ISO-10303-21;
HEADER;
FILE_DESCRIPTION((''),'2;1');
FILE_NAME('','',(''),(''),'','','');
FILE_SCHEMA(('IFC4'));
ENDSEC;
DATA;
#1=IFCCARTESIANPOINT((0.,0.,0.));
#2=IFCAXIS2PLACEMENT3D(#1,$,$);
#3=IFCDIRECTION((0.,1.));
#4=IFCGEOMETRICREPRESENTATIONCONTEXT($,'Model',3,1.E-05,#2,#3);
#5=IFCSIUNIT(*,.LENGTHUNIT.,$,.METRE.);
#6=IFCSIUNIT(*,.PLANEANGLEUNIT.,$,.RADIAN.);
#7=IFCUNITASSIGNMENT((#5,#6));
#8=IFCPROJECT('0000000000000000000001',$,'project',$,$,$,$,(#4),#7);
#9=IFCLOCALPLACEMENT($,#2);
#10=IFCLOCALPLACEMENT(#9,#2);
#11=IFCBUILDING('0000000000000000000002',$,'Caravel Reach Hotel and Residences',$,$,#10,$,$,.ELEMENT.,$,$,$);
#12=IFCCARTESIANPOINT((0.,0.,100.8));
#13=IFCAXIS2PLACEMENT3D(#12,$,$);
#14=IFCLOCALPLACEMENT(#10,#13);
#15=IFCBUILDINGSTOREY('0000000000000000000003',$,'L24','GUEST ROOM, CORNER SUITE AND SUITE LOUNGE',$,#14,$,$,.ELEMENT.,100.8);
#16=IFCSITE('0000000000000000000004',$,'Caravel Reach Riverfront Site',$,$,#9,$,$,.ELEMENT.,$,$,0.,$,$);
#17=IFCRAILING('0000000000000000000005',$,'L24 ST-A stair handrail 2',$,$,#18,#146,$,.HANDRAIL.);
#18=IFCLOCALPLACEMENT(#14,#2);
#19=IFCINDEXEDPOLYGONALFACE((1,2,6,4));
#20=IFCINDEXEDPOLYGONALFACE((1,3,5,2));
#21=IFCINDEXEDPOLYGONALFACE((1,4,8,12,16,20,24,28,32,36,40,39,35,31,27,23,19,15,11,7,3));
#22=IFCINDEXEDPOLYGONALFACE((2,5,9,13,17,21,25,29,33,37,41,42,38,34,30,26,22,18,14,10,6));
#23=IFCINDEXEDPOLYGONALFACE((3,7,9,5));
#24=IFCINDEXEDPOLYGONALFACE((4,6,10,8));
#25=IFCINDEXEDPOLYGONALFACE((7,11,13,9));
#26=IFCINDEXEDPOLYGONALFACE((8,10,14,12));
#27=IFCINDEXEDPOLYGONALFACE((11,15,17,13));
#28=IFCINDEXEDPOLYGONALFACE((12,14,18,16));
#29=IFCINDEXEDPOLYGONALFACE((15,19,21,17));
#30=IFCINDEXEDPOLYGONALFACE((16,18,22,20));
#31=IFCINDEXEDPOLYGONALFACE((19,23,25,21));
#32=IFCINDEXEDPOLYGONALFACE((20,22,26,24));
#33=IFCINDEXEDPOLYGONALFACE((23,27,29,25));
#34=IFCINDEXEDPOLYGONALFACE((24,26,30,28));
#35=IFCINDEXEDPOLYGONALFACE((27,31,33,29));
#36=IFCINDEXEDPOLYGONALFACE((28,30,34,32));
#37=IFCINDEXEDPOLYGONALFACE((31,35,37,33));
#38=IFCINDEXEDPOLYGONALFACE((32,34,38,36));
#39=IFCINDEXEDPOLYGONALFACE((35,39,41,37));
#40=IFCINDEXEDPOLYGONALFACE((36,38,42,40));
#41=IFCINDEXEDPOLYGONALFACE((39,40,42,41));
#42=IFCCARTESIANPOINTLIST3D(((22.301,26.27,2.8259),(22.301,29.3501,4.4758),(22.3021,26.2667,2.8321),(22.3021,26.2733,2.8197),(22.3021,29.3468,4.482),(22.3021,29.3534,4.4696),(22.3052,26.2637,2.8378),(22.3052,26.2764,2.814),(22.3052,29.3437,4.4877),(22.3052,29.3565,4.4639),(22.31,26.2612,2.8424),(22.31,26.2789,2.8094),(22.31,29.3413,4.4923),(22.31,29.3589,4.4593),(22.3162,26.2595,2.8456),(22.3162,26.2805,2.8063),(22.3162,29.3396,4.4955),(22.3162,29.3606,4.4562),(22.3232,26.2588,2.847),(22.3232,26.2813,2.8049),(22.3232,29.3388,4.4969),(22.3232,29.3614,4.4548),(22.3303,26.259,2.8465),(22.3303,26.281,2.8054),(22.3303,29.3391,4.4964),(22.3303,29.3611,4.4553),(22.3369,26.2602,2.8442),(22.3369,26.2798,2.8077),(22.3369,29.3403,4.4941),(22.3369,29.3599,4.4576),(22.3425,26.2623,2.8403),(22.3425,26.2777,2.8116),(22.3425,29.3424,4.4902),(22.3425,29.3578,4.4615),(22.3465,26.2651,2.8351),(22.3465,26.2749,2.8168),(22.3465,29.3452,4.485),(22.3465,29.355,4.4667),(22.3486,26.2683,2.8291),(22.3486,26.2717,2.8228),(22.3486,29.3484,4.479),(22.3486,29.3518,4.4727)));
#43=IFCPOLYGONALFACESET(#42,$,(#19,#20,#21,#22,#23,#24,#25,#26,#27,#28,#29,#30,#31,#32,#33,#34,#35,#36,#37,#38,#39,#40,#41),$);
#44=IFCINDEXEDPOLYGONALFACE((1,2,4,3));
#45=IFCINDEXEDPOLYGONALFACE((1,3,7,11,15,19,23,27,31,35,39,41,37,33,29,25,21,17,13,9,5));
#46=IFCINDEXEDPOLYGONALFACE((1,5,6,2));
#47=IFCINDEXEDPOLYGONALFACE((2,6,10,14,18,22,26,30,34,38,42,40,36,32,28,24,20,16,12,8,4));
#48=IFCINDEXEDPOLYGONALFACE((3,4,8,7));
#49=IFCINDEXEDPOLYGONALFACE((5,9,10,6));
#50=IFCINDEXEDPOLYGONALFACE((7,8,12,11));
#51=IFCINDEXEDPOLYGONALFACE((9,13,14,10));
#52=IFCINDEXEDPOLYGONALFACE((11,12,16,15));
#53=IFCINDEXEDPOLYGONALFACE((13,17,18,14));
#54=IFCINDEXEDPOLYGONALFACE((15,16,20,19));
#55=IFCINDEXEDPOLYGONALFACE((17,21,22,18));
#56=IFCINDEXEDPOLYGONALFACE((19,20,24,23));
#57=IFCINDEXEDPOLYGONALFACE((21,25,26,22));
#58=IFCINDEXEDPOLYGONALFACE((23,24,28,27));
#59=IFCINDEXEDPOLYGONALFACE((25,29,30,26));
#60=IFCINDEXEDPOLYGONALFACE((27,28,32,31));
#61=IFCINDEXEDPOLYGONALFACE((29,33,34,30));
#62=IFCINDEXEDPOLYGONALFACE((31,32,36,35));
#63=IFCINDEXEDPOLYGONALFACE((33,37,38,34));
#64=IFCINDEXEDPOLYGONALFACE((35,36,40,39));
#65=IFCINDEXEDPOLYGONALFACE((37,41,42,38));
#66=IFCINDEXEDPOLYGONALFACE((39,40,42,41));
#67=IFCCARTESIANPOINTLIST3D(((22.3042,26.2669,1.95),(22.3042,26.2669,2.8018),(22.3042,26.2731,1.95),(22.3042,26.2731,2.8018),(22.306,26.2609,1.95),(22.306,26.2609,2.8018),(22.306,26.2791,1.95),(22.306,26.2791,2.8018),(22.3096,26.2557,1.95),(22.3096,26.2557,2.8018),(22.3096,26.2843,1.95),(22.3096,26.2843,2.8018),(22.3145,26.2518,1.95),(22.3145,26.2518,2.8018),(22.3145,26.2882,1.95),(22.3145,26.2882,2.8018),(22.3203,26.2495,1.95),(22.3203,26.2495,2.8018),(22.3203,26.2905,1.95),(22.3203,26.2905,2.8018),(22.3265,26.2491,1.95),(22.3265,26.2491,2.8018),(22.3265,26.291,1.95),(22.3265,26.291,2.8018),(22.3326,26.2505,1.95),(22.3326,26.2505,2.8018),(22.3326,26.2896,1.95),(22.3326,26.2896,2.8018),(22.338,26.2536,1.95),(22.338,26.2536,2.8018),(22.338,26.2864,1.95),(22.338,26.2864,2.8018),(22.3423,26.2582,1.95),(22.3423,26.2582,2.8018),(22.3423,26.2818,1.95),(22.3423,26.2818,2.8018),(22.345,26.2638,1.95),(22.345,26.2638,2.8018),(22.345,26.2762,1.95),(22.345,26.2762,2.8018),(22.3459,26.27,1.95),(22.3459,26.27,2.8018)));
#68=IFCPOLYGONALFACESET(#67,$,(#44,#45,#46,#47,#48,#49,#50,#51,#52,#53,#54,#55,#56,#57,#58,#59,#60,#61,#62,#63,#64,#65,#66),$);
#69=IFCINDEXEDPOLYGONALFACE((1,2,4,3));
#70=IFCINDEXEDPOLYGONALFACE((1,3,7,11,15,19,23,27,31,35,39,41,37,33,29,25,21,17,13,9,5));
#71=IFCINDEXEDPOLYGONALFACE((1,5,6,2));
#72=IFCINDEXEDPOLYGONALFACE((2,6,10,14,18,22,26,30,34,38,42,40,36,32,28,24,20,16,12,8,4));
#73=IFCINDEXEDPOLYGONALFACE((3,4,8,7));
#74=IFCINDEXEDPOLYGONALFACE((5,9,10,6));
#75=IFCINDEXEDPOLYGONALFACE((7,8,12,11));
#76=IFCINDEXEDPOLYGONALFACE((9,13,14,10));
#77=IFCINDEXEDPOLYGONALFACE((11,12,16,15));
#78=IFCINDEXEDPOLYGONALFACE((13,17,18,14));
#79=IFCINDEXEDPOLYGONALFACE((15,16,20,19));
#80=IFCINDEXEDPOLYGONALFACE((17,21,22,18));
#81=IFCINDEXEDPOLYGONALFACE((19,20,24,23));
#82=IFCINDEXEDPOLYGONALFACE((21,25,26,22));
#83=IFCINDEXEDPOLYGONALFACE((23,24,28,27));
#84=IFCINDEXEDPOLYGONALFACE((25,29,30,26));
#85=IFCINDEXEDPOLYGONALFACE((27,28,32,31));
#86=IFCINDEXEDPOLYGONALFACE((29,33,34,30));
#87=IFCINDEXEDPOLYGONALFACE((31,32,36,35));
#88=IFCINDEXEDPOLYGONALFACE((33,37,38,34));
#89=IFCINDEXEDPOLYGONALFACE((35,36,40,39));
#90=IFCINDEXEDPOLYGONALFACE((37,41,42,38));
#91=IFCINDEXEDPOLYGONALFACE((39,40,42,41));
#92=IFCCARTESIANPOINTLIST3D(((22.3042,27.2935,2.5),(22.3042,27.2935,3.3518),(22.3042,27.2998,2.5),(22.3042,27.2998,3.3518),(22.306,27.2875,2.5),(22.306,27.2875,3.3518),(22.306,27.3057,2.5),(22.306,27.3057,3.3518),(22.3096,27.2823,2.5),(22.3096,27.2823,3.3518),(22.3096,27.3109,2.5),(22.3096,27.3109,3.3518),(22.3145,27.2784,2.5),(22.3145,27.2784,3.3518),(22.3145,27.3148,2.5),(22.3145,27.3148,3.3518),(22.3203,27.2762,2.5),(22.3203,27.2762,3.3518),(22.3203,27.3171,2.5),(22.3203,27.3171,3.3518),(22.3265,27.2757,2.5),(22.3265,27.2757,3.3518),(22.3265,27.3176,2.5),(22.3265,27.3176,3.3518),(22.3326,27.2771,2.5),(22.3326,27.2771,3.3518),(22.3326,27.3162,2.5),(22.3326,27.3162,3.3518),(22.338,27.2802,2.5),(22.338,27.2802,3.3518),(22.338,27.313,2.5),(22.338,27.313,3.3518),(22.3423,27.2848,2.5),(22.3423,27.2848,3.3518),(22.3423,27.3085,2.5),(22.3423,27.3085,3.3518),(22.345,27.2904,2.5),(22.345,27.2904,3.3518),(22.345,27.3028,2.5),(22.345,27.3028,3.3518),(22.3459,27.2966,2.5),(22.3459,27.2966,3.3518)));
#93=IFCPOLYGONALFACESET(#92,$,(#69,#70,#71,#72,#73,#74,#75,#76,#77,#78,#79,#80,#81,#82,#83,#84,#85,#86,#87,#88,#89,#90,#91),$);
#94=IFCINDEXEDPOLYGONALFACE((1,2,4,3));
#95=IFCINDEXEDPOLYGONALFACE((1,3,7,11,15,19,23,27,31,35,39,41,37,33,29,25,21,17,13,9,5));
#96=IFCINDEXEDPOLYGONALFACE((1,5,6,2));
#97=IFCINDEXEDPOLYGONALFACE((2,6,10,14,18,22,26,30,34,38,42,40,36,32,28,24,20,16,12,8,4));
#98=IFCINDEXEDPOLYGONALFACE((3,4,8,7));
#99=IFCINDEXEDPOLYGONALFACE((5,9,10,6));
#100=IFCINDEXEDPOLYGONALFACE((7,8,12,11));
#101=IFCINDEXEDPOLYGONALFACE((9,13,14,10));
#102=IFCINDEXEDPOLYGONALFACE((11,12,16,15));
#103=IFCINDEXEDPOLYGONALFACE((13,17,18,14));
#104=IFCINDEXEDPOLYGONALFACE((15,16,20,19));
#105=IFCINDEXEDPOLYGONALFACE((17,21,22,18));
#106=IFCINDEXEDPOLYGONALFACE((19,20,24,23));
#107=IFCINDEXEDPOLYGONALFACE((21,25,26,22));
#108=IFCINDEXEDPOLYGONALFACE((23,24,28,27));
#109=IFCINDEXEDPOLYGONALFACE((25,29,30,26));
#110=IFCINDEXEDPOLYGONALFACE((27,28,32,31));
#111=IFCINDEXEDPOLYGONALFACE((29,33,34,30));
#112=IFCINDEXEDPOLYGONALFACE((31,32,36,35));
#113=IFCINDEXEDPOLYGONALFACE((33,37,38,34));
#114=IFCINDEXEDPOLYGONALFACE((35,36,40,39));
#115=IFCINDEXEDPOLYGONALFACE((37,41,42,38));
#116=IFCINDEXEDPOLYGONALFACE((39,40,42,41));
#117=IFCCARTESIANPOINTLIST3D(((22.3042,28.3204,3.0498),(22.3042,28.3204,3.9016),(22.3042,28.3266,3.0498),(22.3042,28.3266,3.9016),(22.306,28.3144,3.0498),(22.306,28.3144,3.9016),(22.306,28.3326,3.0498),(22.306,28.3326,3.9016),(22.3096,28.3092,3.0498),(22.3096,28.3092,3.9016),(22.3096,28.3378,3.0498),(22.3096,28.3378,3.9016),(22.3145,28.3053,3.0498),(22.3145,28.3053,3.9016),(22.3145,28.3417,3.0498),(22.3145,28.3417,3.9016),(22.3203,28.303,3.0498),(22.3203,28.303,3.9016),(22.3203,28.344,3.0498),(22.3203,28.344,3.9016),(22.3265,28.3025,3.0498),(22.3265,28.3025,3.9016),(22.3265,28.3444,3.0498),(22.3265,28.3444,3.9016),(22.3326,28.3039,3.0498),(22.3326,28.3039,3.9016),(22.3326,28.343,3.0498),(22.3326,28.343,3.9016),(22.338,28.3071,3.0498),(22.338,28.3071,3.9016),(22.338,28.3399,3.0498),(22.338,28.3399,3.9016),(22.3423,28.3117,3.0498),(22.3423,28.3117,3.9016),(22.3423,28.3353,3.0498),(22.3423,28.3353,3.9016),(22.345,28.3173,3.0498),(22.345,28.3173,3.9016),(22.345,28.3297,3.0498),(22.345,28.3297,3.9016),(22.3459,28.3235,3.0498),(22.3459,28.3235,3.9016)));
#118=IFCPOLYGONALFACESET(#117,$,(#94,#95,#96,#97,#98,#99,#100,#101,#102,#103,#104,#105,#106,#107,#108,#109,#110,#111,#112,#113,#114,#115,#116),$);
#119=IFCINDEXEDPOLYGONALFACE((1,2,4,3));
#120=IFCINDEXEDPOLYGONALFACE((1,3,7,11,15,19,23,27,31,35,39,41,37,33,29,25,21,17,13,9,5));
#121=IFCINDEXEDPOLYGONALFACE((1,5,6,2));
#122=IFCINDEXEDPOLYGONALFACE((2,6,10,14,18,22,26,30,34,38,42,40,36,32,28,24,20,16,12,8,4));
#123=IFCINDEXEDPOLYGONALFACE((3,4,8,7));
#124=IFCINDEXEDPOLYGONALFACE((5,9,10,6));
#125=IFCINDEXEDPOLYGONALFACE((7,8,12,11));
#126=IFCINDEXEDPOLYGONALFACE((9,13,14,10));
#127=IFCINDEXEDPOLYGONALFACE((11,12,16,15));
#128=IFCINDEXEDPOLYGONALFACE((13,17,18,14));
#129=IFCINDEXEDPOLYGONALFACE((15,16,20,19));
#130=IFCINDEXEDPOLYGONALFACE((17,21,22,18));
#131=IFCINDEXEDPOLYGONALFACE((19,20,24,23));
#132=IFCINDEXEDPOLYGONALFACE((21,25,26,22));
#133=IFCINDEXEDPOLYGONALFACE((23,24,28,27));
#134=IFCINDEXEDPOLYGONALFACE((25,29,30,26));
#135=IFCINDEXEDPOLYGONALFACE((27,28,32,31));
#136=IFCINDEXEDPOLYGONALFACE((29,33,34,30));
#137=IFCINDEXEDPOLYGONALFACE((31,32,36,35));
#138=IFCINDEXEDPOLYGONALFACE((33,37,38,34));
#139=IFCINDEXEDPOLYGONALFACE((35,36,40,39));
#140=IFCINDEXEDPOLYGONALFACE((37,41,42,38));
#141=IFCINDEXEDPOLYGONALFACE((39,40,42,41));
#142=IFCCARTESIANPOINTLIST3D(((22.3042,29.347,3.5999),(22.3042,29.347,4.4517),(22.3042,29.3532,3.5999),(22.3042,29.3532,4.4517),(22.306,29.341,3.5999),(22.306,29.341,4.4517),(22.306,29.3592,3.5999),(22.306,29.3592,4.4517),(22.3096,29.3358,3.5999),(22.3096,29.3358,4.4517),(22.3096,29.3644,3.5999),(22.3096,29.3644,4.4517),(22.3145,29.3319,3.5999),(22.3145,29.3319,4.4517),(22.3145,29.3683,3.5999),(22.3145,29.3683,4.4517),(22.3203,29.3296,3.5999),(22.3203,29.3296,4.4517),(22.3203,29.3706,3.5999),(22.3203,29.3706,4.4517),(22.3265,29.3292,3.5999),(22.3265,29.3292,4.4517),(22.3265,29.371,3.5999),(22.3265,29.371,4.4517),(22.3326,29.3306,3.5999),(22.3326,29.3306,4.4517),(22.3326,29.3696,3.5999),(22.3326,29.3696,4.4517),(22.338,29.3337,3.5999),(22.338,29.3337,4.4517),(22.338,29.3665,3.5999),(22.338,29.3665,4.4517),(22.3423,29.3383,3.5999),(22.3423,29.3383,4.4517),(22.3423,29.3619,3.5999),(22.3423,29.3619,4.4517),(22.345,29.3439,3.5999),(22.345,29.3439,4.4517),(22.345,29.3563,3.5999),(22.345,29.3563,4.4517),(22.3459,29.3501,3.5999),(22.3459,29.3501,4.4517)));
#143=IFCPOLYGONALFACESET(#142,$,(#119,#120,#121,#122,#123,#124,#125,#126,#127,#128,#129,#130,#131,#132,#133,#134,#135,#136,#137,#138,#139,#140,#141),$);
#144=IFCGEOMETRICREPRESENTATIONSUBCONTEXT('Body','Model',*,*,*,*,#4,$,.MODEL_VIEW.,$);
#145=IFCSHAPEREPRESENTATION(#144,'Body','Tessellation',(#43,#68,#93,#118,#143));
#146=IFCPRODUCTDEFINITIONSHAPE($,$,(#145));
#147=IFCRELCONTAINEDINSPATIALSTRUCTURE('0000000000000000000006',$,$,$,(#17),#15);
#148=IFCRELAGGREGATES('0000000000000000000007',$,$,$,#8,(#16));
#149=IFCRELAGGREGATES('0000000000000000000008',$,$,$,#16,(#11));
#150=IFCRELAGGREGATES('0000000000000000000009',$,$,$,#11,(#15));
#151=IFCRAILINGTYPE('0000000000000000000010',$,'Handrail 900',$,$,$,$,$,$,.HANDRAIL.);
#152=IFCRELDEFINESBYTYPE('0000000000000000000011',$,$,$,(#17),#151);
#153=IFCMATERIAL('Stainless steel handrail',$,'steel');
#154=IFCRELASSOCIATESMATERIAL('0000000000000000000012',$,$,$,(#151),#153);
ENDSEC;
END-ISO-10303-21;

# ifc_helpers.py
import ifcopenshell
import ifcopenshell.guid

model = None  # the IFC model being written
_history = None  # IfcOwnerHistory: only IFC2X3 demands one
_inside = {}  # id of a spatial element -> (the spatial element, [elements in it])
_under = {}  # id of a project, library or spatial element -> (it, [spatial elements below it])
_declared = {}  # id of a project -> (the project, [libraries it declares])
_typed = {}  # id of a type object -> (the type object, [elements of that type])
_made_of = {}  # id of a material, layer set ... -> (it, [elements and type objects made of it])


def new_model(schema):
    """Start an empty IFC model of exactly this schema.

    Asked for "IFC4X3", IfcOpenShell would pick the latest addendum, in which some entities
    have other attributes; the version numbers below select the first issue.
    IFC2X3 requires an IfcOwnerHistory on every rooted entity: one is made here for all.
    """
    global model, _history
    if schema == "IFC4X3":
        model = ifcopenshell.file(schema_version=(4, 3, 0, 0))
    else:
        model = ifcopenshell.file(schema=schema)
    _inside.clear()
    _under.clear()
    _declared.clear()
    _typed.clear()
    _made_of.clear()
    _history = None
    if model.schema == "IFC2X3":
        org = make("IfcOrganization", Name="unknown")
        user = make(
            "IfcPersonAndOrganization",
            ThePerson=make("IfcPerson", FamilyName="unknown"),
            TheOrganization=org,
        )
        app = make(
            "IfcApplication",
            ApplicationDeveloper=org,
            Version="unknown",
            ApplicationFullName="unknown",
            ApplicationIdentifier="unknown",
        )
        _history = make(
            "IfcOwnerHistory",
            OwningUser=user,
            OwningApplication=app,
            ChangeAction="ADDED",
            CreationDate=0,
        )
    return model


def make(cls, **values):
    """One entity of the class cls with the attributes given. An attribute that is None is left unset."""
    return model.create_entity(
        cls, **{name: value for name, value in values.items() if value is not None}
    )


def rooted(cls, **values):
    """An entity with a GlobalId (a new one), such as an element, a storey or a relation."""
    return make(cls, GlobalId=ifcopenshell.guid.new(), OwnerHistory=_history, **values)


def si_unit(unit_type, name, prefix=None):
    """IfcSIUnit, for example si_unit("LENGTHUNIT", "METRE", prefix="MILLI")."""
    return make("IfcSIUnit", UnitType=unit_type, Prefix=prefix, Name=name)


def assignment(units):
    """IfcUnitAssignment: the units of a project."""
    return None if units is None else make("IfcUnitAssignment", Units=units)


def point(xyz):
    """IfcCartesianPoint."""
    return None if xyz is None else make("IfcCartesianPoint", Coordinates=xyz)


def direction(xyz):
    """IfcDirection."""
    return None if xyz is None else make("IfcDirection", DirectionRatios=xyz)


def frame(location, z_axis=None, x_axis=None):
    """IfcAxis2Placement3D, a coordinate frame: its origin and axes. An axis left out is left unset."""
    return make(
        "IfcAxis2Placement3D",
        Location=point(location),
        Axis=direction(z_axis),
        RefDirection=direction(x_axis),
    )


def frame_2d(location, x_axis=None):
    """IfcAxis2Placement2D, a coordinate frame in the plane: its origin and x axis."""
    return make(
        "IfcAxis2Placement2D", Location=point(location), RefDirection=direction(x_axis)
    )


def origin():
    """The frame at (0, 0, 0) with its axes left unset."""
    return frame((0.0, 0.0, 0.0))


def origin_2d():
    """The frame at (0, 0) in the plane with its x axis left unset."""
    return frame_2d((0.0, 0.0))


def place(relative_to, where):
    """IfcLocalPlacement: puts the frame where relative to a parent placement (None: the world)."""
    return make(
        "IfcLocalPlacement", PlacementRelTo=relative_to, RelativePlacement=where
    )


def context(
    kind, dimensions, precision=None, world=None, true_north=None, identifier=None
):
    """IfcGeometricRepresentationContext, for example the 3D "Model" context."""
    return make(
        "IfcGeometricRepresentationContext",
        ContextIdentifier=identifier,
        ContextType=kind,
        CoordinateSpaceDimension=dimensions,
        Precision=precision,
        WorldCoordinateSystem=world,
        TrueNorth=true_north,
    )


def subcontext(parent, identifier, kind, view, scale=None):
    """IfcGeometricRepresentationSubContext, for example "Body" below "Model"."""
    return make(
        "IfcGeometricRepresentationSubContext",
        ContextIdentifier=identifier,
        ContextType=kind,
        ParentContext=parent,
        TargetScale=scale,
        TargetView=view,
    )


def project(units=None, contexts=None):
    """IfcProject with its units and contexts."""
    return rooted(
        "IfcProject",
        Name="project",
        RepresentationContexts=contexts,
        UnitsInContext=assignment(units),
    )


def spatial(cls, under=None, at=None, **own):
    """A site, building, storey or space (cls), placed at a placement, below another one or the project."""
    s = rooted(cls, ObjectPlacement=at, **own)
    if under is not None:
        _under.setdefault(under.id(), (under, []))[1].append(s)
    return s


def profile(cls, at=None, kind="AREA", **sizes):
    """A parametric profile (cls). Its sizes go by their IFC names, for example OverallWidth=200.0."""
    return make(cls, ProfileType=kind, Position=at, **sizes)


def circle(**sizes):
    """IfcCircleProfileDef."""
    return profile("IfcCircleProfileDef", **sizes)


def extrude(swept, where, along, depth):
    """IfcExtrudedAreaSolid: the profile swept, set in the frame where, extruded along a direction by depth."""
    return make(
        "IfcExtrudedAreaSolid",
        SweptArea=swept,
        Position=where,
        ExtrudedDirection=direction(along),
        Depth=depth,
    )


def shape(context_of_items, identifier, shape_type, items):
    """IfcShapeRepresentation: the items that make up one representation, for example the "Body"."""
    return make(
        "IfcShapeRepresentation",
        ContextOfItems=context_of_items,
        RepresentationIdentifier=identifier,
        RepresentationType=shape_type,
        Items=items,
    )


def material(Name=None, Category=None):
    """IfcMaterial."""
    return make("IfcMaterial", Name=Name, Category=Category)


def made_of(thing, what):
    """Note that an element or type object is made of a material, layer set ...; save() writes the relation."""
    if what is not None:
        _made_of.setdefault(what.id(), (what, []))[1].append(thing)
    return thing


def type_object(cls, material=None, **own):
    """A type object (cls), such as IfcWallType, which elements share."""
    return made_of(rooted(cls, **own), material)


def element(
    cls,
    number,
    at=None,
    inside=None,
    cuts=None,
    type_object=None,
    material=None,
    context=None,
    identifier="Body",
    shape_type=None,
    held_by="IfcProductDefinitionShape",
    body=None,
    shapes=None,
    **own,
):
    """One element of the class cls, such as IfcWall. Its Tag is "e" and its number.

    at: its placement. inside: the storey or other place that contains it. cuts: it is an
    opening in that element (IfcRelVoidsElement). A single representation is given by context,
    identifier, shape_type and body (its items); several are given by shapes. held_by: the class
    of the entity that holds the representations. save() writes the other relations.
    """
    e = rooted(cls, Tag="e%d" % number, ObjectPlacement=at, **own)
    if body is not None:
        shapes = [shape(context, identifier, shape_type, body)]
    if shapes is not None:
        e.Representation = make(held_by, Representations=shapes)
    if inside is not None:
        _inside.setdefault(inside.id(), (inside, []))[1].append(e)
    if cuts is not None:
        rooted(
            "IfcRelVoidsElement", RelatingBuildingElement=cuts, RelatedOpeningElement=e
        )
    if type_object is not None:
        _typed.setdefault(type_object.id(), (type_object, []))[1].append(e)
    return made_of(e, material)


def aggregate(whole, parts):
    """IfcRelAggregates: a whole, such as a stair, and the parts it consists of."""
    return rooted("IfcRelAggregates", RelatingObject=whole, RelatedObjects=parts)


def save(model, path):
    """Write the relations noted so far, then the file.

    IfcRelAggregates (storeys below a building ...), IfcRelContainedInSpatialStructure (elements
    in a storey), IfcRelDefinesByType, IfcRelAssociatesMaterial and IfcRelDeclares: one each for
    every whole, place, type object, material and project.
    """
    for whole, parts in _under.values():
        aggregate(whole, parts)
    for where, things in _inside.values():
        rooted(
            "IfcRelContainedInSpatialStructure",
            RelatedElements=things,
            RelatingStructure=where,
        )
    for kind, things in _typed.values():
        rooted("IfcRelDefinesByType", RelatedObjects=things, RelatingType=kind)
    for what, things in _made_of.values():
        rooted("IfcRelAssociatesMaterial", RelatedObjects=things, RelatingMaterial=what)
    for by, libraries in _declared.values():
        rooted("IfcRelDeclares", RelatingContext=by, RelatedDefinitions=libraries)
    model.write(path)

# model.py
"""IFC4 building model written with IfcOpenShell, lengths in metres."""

from ifc_helpers import new_model, si_unit, direction, frame, origin, origin_2d, place, context, subcontext, project, spatial, circle, extrude, material, type_object, element, save


model = new_model("IFC4")

# Units and contexts
model_context = context("Model", 3, precision=1e-05, world=origin(), true_north=direction((0.0, 1.0)))
body_context = subcontext(model_context, "Body", "Model", "MODEL_VIEW")
ifc_project = project(units=[si_unit("LENGTHUNIT", "METRE"), si_unit("PLANEANGLEUNIT", "RADIAN")], contexts=[model_context])

# Site, building, storey
site_placement = place(None, origin())
site = spatial("IfcSite", under=ifc_project, at=site_placement, Name="Caravel Reach Riverfront Site", CompositionType="ELEMENT", RefElevation=0.0)
building_placement = place(site_placement, origin())
building = spatial("IfcBuilding", under=site, at=building_placement, Name="Caravel Reach Hotel and Residences", CompositionType="ELEMENT")
storey_placement = place(building_placement, frame((0.0, 0.0, 100.8)))
storey = spatial("IfcBuildingStorey", under=building, at=storey_placement, Name="L24", Description="GUEST ROOM, CORNER SUITE AND SUITE LOUNGE", CompositionType="ELEMENT", Elevation=100.8)

# Railing
ifc_material_1 = material(Name="Stainless steel handrail", Category="steel")
railing_type_1 = type_object("IfcRailingType", Name="Handrail 900", PredefinedType="HANDRAIL", material=ifc_material_1)
railing_1_placement = place(storey_placement, frame((22.325, 26.27, 1.95)))
element("IfcRailing", 1, at=railing_1_placement, inside=storey, type_object=railing_type_1, Name="L24 ST-A stair handrail 2", PredefinedType="HANDRAIL", context=body_context, shape_type="SweptSolid", body=[
    extrude(circle(Radius=0.0239, at=origin_2d()), frame((0.0, 0.0, 0.876), z_axis=(0.0, 0.881497, 0.47219), x_axis=(-1.0, 0.0, 0.0)), (0.0, 0.0, 1.0), 3.4941),
    extrude(circle(Radius=0.021, at=origin_2d()), origin(), (0.0, 0.0, 1.0), 0.8518),
    extrude(circle(Radius=0.021, at=origin_2d()), frame((0.0, 1.0266, 0.55)), (0.0, 0.0, 1.0), 0.8518),
    extrude(circle(Radius=0.021, at=origin_2d()), frame((0.0, 2.0535, 1.0999)), (0.0, 0.0, 1.0), 0.8518),
    extrude(circle(Radius=0.021, at=origin_2d()), frame((0.0, 3.0801, 1.6499)), (0.0, 0.0, 1.0), 0.8518),
])

save(model, "model.ifc")
